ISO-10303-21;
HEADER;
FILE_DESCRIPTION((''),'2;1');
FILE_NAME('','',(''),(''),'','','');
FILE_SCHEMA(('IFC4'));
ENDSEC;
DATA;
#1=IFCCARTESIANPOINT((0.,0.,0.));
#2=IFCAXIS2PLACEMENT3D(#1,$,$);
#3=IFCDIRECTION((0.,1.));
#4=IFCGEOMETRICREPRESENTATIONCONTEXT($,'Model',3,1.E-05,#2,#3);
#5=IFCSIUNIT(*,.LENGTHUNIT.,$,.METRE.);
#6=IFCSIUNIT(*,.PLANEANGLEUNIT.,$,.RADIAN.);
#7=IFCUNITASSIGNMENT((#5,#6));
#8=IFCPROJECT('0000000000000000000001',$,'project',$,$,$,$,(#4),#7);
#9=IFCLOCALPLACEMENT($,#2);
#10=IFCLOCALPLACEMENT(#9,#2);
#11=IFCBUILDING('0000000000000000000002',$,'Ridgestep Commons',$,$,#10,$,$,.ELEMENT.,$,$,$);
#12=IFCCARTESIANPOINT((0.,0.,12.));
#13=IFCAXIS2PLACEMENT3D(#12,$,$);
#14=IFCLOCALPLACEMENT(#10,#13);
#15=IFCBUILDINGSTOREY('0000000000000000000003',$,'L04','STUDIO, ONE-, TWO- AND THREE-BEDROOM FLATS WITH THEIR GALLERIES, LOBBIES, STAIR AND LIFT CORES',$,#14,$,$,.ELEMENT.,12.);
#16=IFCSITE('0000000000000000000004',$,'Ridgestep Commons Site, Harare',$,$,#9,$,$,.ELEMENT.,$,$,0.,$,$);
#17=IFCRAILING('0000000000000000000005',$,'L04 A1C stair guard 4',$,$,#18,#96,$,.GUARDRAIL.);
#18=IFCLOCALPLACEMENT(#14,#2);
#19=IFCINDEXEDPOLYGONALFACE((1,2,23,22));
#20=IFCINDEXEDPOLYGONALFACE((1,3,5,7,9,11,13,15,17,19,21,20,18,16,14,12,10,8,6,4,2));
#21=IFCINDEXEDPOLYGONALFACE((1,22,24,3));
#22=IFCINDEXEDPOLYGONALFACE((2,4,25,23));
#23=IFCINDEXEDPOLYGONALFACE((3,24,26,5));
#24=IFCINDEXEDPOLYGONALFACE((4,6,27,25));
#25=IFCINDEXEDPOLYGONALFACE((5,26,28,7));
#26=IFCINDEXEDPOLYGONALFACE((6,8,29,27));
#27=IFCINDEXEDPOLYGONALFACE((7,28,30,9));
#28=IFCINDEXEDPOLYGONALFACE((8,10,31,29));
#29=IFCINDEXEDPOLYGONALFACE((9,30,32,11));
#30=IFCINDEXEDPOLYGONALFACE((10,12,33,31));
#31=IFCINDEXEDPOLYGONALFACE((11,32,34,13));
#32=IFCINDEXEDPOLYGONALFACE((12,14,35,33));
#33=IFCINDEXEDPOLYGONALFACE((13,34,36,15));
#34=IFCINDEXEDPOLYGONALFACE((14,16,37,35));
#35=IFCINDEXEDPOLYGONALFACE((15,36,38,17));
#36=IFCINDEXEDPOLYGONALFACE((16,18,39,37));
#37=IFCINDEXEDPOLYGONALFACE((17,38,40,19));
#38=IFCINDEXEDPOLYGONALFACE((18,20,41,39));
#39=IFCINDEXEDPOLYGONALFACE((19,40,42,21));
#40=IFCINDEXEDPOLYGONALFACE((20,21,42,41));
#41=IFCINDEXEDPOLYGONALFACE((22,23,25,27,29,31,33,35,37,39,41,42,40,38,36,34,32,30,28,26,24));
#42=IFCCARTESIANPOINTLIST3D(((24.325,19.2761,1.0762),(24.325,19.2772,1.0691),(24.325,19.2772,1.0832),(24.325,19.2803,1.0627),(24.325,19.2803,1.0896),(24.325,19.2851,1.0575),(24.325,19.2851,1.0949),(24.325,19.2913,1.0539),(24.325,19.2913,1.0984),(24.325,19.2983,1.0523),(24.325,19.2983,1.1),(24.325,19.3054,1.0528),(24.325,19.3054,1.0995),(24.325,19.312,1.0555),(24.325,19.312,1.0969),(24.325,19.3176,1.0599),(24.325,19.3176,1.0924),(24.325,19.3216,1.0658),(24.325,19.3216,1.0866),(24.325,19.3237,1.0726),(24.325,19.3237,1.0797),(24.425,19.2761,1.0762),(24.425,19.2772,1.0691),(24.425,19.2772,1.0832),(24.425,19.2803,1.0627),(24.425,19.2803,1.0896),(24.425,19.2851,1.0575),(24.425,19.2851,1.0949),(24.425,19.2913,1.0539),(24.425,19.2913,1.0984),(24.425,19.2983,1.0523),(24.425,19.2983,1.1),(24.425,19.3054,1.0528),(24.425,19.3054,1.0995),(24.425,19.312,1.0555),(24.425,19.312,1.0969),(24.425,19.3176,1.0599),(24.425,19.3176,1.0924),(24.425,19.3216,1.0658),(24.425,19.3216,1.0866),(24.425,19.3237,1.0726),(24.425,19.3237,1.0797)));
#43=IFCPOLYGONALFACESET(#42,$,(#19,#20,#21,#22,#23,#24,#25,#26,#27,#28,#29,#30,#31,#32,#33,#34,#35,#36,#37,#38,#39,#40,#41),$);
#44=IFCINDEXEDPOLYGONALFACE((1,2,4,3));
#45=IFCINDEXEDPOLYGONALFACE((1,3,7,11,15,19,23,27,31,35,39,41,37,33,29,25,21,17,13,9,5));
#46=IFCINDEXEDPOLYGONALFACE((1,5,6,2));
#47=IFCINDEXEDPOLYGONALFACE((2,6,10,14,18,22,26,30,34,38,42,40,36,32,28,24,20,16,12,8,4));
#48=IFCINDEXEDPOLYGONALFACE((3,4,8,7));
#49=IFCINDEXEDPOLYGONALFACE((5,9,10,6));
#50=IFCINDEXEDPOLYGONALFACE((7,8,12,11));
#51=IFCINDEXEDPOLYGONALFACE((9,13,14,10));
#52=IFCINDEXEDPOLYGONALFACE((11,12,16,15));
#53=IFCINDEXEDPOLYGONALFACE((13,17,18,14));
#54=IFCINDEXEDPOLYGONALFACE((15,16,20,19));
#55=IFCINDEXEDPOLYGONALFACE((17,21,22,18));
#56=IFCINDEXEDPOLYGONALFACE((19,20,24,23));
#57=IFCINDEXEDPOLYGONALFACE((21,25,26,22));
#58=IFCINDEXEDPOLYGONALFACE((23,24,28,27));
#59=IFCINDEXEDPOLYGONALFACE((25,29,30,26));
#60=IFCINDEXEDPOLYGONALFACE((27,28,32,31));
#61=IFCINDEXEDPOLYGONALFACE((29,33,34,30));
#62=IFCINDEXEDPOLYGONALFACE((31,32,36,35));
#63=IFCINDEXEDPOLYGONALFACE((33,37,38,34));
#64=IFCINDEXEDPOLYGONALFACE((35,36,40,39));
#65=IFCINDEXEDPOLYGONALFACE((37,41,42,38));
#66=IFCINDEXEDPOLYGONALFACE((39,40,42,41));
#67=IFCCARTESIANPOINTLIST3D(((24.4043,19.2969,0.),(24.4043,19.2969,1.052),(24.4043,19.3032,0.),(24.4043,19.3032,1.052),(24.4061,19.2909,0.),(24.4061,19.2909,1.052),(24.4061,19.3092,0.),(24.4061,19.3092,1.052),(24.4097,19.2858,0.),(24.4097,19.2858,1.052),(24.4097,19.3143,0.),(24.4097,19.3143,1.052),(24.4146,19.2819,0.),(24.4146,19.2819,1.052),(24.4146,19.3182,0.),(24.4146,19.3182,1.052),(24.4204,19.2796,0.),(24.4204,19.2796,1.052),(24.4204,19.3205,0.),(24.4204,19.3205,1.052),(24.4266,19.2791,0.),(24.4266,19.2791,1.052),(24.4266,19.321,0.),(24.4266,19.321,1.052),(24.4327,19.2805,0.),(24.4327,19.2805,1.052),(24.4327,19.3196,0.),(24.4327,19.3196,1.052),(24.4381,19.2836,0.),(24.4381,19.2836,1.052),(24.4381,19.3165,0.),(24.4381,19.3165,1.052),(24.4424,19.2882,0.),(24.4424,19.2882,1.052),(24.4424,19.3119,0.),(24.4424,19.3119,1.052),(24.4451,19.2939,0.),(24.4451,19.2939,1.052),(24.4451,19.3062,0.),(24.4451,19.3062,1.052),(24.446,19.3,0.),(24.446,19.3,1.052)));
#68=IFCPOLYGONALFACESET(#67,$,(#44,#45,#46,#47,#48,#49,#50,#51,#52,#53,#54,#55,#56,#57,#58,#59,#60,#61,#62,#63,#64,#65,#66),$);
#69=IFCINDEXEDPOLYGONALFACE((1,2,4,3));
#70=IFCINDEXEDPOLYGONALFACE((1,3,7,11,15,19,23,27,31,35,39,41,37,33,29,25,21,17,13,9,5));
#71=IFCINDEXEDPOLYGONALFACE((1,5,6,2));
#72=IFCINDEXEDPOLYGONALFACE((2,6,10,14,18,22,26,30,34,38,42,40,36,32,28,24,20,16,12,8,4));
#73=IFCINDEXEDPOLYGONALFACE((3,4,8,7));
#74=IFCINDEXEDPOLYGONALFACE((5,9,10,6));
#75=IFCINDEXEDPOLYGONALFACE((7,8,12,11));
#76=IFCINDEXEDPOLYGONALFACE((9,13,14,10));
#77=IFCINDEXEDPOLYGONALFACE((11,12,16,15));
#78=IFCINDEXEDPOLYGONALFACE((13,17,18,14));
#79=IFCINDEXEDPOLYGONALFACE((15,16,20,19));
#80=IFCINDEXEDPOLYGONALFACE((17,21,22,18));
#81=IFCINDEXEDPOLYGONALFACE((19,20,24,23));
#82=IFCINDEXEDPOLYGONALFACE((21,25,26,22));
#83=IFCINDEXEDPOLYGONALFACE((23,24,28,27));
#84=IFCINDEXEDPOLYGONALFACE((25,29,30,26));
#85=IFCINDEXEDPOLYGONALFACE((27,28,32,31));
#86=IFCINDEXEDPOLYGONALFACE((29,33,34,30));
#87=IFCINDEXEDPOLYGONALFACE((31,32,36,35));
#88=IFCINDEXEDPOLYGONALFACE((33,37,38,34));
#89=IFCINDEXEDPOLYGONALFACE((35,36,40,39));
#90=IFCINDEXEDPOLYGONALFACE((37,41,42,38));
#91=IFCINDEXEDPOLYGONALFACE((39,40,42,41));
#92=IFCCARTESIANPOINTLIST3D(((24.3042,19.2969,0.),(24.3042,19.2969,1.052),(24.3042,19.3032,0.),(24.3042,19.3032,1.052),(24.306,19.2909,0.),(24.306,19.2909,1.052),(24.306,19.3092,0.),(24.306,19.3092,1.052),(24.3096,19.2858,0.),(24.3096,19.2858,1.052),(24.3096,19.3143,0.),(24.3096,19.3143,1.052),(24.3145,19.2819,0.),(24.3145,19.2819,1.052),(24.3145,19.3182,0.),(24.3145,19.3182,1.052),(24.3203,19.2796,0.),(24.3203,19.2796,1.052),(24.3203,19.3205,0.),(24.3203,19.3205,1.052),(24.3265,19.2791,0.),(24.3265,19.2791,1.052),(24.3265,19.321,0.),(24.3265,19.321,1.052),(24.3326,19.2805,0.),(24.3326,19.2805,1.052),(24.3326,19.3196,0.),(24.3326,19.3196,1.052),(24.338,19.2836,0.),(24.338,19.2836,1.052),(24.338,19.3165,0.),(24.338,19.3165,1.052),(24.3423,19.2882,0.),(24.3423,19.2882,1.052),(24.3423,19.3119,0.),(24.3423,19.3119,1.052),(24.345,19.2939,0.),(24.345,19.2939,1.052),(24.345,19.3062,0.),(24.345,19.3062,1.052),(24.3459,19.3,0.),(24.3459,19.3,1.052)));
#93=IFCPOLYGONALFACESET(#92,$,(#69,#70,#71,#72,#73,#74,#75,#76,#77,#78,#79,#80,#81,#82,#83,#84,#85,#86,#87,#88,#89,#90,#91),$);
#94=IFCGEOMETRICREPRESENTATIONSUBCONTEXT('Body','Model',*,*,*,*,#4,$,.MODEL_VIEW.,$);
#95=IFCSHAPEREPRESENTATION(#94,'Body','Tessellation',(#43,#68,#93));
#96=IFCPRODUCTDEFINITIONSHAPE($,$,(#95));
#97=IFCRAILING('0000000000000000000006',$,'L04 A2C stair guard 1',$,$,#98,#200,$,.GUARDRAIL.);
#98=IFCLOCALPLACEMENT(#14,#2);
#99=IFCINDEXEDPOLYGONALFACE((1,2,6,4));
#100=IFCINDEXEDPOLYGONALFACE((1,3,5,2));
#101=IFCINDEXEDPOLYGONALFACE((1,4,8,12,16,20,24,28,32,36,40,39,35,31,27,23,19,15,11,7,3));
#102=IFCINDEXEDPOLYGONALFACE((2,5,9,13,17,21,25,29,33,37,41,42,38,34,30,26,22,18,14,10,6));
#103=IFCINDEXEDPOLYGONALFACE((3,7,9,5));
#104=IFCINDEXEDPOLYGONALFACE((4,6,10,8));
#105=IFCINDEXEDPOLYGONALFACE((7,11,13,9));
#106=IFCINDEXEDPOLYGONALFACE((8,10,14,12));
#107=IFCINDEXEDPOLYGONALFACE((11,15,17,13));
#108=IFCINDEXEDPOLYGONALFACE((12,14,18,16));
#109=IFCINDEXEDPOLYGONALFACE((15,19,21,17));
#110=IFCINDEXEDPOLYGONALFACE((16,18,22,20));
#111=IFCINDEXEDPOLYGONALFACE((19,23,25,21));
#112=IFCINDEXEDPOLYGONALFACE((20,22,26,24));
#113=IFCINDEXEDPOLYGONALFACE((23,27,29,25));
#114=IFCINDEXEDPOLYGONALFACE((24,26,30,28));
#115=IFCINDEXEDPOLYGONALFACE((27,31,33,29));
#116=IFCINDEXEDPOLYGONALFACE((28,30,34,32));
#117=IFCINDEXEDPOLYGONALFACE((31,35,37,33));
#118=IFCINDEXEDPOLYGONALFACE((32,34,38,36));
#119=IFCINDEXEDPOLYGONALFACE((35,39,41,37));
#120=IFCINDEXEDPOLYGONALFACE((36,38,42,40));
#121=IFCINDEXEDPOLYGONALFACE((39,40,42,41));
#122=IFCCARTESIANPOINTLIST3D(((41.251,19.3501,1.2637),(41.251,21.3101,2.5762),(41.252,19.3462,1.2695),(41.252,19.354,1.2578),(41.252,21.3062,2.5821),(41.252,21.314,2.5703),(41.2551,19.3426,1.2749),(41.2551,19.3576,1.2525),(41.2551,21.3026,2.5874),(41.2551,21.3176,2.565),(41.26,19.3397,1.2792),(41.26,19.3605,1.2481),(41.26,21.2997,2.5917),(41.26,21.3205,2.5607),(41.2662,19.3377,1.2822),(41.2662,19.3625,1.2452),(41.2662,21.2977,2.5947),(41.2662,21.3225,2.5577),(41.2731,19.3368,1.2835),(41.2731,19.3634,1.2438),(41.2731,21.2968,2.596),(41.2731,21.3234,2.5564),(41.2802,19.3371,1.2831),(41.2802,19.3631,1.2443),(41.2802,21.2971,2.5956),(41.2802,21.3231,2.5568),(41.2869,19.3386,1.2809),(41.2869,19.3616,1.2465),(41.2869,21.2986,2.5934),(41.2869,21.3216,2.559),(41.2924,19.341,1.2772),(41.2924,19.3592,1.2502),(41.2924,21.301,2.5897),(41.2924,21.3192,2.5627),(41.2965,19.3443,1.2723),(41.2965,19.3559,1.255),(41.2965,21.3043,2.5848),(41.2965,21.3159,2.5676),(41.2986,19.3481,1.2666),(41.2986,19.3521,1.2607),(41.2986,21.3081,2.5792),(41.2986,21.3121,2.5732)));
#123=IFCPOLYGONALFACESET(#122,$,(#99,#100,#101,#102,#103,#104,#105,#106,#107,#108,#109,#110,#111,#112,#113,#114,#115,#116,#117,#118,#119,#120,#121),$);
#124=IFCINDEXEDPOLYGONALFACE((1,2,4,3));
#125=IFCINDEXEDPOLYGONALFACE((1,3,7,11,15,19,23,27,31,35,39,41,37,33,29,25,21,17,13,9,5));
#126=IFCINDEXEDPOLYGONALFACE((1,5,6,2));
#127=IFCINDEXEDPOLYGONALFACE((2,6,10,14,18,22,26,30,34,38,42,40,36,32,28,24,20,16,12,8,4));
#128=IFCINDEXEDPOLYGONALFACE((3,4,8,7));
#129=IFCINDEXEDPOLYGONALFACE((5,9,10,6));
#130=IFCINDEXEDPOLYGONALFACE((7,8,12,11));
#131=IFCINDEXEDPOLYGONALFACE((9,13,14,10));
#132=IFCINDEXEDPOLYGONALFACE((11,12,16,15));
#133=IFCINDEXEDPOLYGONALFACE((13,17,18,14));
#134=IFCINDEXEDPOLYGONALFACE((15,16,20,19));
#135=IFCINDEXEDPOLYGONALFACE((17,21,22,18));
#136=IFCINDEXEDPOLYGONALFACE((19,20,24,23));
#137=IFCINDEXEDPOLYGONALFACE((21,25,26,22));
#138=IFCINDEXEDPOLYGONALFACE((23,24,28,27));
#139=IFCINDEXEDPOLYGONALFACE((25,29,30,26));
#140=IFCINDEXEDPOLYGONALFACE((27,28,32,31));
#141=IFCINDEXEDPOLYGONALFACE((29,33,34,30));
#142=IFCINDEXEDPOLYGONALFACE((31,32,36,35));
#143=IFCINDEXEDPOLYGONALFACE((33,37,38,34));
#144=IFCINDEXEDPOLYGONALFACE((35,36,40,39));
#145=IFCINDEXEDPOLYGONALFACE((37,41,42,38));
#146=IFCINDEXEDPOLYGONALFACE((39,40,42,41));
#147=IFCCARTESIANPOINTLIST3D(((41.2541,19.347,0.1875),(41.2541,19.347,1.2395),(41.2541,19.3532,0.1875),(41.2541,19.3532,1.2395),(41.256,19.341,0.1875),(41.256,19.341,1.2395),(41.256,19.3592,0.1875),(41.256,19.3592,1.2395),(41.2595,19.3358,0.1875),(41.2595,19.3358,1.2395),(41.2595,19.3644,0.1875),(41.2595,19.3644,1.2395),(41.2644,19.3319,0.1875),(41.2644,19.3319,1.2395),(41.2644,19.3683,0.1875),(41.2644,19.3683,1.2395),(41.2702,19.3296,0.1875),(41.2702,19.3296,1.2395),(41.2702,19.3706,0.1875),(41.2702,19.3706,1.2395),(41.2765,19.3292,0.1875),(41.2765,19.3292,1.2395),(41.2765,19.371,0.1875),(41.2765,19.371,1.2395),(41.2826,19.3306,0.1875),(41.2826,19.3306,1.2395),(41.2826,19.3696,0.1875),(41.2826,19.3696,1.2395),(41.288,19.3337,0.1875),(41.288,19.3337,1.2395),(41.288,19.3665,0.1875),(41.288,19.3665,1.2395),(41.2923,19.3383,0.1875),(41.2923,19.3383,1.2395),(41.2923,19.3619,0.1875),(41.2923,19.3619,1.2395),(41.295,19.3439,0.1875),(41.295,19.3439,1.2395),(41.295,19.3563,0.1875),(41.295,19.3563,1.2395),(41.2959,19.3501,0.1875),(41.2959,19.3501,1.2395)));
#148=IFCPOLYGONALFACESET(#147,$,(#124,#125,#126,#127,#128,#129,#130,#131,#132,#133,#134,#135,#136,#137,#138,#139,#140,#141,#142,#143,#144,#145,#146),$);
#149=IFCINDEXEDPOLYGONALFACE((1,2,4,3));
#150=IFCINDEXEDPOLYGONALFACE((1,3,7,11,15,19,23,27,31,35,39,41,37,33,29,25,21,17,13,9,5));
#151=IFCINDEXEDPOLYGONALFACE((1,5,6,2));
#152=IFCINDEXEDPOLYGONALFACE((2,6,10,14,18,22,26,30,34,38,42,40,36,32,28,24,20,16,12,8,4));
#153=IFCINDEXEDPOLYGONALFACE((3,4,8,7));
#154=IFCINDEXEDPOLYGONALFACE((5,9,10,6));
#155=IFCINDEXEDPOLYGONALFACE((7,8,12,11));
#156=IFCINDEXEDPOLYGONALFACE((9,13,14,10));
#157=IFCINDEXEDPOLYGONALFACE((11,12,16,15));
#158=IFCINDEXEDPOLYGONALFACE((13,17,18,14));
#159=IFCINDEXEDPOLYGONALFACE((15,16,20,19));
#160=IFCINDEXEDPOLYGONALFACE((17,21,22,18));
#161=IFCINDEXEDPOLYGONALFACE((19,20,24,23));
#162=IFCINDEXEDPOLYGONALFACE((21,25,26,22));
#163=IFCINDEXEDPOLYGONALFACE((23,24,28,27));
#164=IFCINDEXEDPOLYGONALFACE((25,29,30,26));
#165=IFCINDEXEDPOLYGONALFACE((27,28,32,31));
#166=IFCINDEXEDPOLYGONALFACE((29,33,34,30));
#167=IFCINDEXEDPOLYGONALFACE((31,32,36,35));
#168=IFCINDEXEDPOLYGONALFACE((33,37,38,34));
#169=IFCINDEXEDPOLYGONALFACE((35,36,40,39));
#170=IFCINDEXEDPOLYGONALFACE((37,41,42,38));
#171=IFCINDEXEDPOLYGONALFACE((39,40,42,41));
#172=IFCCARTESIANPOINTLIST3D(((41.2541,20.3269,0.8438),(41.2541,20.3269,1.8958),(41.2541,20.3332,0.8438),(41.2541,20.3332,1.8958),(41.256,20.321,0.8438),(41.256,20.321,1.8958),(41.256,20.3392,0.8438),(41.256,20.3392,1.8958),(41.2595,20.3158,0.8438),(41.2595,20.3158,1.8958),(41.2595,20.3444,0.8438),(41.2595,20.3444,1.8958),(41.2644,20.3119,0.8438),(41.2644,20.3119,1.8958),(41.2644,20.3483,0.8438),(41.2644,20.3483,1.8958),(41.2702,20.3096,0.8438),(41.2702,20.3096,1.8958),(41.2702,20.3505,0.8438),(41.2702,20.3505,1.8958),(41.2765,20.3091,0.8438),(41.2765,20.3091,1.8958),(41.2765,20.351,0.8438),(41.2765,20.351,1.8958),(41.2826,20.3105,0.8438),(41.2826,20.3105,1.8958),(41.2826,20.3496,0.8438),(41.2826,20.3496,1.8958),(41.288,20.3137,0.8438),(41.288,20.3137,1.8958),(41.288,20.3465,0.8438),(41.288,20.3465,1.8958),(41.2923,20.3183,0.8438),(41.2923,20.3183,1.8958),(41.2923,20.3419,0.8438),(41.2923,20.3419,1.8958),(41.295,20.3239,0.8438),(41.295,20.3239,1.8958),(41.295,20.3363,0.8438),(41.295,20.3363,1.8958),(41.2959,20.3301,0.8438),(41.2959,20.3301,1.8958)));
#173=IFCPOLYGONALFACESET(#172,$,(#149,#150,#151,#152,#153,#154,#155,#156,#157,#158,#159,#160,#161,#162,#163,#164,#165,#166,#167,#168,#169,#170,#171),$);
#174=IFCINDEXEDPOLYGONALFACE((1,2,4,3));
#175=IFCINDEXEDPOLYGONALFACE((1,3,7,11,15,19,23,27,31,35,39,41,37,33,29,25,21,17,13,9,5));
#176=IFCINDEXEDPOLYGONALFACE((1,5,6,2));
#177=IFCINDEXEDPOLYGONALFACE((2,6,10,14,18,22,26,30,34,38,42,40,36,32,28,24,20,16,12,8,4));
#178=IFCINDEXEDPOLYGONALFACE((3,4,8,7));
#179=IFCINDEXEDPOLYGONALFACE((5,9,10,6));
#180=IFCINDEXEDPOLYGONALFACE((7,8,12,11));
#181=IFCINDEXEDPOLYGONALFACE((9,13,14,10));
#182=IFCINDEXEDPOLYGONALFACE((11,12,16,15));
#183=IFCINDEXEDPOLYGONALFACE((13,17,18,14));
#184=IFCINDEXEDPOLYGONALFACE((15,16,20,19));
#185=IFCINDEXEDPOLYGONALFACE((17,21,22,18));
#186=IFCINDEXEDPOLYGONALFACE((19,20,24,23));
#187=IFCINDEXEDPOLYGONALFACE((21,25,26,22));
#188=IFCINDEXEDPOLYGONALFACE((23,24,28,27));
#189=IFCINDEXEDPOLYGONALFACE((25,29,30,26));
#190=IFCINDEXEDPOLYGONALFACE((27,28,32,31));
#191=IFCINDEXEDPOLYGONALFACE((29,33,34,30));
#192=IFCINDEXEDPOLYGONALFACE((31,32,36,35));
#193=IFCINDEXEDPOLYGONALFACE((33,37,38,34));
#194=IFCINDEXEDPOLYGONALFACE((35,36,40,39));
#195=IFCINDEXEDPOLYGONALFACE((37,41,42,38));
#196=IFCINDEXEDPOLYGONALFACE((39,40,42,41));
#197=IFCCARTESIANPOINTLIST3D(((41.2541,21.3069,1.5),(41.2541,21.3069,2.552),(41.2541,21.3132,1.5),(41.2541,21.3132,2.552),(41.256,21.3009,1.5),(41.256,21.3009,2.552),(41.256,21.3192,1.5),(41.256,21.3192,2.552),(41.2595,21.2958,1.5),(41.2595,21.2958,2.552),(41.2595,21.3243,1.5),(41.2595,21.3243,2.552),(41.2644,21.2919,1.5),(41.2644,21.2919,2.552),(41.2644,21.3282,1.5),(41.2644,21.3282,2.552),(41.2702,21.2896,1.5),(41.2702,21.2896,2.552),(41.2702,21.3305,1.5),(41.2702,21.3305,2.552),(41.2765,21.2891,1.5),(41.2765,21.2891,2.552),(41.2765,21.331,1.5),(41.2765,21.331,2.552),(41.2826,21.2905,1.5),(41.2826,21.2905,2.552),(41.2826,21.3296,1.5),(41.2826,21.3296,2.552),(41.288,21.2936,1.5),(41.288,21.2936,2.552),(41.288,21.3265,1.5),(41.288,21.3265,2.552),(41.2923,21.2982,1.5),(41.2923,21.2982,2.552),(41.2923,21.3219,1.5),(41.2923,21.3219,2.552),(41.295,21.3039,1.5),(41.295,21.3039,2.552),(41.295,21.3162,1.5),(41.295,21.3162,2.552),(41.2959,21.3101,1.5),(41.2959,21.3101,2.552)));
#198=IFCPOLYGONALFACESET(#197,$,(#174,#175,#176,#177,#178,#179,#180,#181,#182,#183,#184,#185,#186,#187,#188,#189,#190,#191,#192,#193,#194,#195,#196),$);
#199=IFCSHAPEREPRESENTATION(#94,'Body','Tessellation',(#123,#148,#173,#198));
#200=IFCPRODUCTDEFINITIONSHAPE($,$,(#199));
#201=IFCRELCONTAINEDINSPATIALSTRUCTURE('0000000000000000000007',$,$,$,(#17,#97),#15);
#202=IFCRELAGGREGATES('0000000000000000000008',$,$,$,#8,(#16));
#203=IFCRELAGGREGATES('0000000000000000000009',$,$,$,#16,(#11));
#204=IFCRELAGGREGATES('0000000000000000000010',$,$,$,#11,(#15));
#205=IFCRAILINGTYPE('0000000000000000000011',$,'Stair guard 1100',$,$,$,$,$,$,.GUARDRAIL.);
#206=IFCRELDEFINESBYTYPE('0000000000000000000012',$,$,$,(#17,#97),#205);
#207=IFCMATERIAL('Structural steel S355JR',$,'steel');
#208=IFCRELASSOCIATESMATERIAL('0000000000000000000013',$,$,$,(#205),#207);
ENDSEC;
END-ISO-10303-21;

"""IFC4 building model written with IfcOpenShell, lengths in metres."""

from ifc_helpers import new_model, si_unit, direction, frame, origin, origin_2d, place, context, subcontext, project, spatial, circle, extrude, material, type_object, element, save


model = new_model("IFC4")

# Units and contexts
model_context = context("Model", 3, precision=1e-05, world=origin(), true_north=direction((0.0, 1.0)))
body_context = subcontext(model_context, "Body", "Model", "MODEL_VIEW")
ifc_project = project(units=[si_unit("LENGTHUNIT", "METRE"), si_unit("PLANEANGLEUNIT", "RADIAN")], contexts=[model_context])

# Site, building, storey
site_placement = place(None, origin())
site = spatial("IfcSite", under=ifc_project, at=site_placement, Name="Ridgestep Commons Site, Harare", CompositionType="ELEMENT", RefElevation=0.0)
building_placement = place(site_placement, origin())
building = spatial("IfcBuilding", under=site, at=building_placement, Name="Ridgestep Commons", CompositionType="ELEMENT")
storey_placement = place(building_placement, frame((0.0, 0.0, 12.0)))
storey = spatial("IfcBuildingStorey", under=building, at=storey_placement, Name="L04", Description="STUDIO, ONE-, TWO- AND THREE-BEDROOM FLATS WITH THEIR GALLERIES, LOBBIES, STAIR AND LIFT CORES", CompositionType="ELEMENT", Elevation=12.0)

# Railings
ifc_material_1 = material(Name="Structural steel S355JR", Category="steel")
railing_type_1 = type_object("IfcRailingType", Name="Stair guard 1100", PredefinedType="GUARDRAIL", material=ifc_material_1)
railing_1_placement = place(storey_placement, frame((24.425, 19.3, 0.0)))
element("IfcRailing", 1, at=railing_1_placement, inside=storey, type_object=railing_type_1, Name="L04 A1C stair guard 4", PredefinedType="GUARDRAIL", context=body_context, shape_type="SweptSolid", body=[
    extrude(circle(Radius=0.0239, at=origin_2d()), frame((0.0, 0.0, 1.0762), z_axis=(-1.0, 0.0, 0.0), x_axis=(0.0, -1.0, 0.0)), (0.0, 0.0, 1.0), 0.1001),
    extrude(circle(Radius=0.021, at=origin_2d()), origin(), (0.0, 0.0, 1.0), 1.052),
    extrude(circle(Radius=0.021, at=origin_2d()), frame((-0.1001, 0.0, 0.0)), (0.0, 0.0, 1.0), 1.052),
])
railing_2_placement = place(storey_placement, frame((41.2749, 19.3501, 0.1875)))
element("IfcRailing", 2, at=railing_2_placement, inside=storey, type_object=railing_type_1, Name="L04 A2C stair guard 1", PredefinedType="GUARDRAIL", context=body_context, shape_type="SweptSolid", body=[
    extrude(circle(Radius=0.0239, at=origin_2d()), frame((0.0, 0.0, 1.0762), z_axis=(0.0, 0.830902, 0.556419), x_axis=(-1.0, 0.0, 0.0)), (0.0, 0.0, 1.0), 2.3589),
    extrude(circle(Radius=0.021, at=origin_2d()), origin(), (0.0, 0.0, 1.0), 1.052),
    extrude(circle(Radius=0.021, at=origin_2d()), frame((0.0, 0.98, 0.6562)), (0.0, 0.0, 1.0), 1.052),
    extrude(circle(Radius=0.021, at=origin_2d()), frame((0.0, 1.96, 1.3125)), (0.0, 0.0, 1.0), 1.052),
])

save(model, "model.ifc")
